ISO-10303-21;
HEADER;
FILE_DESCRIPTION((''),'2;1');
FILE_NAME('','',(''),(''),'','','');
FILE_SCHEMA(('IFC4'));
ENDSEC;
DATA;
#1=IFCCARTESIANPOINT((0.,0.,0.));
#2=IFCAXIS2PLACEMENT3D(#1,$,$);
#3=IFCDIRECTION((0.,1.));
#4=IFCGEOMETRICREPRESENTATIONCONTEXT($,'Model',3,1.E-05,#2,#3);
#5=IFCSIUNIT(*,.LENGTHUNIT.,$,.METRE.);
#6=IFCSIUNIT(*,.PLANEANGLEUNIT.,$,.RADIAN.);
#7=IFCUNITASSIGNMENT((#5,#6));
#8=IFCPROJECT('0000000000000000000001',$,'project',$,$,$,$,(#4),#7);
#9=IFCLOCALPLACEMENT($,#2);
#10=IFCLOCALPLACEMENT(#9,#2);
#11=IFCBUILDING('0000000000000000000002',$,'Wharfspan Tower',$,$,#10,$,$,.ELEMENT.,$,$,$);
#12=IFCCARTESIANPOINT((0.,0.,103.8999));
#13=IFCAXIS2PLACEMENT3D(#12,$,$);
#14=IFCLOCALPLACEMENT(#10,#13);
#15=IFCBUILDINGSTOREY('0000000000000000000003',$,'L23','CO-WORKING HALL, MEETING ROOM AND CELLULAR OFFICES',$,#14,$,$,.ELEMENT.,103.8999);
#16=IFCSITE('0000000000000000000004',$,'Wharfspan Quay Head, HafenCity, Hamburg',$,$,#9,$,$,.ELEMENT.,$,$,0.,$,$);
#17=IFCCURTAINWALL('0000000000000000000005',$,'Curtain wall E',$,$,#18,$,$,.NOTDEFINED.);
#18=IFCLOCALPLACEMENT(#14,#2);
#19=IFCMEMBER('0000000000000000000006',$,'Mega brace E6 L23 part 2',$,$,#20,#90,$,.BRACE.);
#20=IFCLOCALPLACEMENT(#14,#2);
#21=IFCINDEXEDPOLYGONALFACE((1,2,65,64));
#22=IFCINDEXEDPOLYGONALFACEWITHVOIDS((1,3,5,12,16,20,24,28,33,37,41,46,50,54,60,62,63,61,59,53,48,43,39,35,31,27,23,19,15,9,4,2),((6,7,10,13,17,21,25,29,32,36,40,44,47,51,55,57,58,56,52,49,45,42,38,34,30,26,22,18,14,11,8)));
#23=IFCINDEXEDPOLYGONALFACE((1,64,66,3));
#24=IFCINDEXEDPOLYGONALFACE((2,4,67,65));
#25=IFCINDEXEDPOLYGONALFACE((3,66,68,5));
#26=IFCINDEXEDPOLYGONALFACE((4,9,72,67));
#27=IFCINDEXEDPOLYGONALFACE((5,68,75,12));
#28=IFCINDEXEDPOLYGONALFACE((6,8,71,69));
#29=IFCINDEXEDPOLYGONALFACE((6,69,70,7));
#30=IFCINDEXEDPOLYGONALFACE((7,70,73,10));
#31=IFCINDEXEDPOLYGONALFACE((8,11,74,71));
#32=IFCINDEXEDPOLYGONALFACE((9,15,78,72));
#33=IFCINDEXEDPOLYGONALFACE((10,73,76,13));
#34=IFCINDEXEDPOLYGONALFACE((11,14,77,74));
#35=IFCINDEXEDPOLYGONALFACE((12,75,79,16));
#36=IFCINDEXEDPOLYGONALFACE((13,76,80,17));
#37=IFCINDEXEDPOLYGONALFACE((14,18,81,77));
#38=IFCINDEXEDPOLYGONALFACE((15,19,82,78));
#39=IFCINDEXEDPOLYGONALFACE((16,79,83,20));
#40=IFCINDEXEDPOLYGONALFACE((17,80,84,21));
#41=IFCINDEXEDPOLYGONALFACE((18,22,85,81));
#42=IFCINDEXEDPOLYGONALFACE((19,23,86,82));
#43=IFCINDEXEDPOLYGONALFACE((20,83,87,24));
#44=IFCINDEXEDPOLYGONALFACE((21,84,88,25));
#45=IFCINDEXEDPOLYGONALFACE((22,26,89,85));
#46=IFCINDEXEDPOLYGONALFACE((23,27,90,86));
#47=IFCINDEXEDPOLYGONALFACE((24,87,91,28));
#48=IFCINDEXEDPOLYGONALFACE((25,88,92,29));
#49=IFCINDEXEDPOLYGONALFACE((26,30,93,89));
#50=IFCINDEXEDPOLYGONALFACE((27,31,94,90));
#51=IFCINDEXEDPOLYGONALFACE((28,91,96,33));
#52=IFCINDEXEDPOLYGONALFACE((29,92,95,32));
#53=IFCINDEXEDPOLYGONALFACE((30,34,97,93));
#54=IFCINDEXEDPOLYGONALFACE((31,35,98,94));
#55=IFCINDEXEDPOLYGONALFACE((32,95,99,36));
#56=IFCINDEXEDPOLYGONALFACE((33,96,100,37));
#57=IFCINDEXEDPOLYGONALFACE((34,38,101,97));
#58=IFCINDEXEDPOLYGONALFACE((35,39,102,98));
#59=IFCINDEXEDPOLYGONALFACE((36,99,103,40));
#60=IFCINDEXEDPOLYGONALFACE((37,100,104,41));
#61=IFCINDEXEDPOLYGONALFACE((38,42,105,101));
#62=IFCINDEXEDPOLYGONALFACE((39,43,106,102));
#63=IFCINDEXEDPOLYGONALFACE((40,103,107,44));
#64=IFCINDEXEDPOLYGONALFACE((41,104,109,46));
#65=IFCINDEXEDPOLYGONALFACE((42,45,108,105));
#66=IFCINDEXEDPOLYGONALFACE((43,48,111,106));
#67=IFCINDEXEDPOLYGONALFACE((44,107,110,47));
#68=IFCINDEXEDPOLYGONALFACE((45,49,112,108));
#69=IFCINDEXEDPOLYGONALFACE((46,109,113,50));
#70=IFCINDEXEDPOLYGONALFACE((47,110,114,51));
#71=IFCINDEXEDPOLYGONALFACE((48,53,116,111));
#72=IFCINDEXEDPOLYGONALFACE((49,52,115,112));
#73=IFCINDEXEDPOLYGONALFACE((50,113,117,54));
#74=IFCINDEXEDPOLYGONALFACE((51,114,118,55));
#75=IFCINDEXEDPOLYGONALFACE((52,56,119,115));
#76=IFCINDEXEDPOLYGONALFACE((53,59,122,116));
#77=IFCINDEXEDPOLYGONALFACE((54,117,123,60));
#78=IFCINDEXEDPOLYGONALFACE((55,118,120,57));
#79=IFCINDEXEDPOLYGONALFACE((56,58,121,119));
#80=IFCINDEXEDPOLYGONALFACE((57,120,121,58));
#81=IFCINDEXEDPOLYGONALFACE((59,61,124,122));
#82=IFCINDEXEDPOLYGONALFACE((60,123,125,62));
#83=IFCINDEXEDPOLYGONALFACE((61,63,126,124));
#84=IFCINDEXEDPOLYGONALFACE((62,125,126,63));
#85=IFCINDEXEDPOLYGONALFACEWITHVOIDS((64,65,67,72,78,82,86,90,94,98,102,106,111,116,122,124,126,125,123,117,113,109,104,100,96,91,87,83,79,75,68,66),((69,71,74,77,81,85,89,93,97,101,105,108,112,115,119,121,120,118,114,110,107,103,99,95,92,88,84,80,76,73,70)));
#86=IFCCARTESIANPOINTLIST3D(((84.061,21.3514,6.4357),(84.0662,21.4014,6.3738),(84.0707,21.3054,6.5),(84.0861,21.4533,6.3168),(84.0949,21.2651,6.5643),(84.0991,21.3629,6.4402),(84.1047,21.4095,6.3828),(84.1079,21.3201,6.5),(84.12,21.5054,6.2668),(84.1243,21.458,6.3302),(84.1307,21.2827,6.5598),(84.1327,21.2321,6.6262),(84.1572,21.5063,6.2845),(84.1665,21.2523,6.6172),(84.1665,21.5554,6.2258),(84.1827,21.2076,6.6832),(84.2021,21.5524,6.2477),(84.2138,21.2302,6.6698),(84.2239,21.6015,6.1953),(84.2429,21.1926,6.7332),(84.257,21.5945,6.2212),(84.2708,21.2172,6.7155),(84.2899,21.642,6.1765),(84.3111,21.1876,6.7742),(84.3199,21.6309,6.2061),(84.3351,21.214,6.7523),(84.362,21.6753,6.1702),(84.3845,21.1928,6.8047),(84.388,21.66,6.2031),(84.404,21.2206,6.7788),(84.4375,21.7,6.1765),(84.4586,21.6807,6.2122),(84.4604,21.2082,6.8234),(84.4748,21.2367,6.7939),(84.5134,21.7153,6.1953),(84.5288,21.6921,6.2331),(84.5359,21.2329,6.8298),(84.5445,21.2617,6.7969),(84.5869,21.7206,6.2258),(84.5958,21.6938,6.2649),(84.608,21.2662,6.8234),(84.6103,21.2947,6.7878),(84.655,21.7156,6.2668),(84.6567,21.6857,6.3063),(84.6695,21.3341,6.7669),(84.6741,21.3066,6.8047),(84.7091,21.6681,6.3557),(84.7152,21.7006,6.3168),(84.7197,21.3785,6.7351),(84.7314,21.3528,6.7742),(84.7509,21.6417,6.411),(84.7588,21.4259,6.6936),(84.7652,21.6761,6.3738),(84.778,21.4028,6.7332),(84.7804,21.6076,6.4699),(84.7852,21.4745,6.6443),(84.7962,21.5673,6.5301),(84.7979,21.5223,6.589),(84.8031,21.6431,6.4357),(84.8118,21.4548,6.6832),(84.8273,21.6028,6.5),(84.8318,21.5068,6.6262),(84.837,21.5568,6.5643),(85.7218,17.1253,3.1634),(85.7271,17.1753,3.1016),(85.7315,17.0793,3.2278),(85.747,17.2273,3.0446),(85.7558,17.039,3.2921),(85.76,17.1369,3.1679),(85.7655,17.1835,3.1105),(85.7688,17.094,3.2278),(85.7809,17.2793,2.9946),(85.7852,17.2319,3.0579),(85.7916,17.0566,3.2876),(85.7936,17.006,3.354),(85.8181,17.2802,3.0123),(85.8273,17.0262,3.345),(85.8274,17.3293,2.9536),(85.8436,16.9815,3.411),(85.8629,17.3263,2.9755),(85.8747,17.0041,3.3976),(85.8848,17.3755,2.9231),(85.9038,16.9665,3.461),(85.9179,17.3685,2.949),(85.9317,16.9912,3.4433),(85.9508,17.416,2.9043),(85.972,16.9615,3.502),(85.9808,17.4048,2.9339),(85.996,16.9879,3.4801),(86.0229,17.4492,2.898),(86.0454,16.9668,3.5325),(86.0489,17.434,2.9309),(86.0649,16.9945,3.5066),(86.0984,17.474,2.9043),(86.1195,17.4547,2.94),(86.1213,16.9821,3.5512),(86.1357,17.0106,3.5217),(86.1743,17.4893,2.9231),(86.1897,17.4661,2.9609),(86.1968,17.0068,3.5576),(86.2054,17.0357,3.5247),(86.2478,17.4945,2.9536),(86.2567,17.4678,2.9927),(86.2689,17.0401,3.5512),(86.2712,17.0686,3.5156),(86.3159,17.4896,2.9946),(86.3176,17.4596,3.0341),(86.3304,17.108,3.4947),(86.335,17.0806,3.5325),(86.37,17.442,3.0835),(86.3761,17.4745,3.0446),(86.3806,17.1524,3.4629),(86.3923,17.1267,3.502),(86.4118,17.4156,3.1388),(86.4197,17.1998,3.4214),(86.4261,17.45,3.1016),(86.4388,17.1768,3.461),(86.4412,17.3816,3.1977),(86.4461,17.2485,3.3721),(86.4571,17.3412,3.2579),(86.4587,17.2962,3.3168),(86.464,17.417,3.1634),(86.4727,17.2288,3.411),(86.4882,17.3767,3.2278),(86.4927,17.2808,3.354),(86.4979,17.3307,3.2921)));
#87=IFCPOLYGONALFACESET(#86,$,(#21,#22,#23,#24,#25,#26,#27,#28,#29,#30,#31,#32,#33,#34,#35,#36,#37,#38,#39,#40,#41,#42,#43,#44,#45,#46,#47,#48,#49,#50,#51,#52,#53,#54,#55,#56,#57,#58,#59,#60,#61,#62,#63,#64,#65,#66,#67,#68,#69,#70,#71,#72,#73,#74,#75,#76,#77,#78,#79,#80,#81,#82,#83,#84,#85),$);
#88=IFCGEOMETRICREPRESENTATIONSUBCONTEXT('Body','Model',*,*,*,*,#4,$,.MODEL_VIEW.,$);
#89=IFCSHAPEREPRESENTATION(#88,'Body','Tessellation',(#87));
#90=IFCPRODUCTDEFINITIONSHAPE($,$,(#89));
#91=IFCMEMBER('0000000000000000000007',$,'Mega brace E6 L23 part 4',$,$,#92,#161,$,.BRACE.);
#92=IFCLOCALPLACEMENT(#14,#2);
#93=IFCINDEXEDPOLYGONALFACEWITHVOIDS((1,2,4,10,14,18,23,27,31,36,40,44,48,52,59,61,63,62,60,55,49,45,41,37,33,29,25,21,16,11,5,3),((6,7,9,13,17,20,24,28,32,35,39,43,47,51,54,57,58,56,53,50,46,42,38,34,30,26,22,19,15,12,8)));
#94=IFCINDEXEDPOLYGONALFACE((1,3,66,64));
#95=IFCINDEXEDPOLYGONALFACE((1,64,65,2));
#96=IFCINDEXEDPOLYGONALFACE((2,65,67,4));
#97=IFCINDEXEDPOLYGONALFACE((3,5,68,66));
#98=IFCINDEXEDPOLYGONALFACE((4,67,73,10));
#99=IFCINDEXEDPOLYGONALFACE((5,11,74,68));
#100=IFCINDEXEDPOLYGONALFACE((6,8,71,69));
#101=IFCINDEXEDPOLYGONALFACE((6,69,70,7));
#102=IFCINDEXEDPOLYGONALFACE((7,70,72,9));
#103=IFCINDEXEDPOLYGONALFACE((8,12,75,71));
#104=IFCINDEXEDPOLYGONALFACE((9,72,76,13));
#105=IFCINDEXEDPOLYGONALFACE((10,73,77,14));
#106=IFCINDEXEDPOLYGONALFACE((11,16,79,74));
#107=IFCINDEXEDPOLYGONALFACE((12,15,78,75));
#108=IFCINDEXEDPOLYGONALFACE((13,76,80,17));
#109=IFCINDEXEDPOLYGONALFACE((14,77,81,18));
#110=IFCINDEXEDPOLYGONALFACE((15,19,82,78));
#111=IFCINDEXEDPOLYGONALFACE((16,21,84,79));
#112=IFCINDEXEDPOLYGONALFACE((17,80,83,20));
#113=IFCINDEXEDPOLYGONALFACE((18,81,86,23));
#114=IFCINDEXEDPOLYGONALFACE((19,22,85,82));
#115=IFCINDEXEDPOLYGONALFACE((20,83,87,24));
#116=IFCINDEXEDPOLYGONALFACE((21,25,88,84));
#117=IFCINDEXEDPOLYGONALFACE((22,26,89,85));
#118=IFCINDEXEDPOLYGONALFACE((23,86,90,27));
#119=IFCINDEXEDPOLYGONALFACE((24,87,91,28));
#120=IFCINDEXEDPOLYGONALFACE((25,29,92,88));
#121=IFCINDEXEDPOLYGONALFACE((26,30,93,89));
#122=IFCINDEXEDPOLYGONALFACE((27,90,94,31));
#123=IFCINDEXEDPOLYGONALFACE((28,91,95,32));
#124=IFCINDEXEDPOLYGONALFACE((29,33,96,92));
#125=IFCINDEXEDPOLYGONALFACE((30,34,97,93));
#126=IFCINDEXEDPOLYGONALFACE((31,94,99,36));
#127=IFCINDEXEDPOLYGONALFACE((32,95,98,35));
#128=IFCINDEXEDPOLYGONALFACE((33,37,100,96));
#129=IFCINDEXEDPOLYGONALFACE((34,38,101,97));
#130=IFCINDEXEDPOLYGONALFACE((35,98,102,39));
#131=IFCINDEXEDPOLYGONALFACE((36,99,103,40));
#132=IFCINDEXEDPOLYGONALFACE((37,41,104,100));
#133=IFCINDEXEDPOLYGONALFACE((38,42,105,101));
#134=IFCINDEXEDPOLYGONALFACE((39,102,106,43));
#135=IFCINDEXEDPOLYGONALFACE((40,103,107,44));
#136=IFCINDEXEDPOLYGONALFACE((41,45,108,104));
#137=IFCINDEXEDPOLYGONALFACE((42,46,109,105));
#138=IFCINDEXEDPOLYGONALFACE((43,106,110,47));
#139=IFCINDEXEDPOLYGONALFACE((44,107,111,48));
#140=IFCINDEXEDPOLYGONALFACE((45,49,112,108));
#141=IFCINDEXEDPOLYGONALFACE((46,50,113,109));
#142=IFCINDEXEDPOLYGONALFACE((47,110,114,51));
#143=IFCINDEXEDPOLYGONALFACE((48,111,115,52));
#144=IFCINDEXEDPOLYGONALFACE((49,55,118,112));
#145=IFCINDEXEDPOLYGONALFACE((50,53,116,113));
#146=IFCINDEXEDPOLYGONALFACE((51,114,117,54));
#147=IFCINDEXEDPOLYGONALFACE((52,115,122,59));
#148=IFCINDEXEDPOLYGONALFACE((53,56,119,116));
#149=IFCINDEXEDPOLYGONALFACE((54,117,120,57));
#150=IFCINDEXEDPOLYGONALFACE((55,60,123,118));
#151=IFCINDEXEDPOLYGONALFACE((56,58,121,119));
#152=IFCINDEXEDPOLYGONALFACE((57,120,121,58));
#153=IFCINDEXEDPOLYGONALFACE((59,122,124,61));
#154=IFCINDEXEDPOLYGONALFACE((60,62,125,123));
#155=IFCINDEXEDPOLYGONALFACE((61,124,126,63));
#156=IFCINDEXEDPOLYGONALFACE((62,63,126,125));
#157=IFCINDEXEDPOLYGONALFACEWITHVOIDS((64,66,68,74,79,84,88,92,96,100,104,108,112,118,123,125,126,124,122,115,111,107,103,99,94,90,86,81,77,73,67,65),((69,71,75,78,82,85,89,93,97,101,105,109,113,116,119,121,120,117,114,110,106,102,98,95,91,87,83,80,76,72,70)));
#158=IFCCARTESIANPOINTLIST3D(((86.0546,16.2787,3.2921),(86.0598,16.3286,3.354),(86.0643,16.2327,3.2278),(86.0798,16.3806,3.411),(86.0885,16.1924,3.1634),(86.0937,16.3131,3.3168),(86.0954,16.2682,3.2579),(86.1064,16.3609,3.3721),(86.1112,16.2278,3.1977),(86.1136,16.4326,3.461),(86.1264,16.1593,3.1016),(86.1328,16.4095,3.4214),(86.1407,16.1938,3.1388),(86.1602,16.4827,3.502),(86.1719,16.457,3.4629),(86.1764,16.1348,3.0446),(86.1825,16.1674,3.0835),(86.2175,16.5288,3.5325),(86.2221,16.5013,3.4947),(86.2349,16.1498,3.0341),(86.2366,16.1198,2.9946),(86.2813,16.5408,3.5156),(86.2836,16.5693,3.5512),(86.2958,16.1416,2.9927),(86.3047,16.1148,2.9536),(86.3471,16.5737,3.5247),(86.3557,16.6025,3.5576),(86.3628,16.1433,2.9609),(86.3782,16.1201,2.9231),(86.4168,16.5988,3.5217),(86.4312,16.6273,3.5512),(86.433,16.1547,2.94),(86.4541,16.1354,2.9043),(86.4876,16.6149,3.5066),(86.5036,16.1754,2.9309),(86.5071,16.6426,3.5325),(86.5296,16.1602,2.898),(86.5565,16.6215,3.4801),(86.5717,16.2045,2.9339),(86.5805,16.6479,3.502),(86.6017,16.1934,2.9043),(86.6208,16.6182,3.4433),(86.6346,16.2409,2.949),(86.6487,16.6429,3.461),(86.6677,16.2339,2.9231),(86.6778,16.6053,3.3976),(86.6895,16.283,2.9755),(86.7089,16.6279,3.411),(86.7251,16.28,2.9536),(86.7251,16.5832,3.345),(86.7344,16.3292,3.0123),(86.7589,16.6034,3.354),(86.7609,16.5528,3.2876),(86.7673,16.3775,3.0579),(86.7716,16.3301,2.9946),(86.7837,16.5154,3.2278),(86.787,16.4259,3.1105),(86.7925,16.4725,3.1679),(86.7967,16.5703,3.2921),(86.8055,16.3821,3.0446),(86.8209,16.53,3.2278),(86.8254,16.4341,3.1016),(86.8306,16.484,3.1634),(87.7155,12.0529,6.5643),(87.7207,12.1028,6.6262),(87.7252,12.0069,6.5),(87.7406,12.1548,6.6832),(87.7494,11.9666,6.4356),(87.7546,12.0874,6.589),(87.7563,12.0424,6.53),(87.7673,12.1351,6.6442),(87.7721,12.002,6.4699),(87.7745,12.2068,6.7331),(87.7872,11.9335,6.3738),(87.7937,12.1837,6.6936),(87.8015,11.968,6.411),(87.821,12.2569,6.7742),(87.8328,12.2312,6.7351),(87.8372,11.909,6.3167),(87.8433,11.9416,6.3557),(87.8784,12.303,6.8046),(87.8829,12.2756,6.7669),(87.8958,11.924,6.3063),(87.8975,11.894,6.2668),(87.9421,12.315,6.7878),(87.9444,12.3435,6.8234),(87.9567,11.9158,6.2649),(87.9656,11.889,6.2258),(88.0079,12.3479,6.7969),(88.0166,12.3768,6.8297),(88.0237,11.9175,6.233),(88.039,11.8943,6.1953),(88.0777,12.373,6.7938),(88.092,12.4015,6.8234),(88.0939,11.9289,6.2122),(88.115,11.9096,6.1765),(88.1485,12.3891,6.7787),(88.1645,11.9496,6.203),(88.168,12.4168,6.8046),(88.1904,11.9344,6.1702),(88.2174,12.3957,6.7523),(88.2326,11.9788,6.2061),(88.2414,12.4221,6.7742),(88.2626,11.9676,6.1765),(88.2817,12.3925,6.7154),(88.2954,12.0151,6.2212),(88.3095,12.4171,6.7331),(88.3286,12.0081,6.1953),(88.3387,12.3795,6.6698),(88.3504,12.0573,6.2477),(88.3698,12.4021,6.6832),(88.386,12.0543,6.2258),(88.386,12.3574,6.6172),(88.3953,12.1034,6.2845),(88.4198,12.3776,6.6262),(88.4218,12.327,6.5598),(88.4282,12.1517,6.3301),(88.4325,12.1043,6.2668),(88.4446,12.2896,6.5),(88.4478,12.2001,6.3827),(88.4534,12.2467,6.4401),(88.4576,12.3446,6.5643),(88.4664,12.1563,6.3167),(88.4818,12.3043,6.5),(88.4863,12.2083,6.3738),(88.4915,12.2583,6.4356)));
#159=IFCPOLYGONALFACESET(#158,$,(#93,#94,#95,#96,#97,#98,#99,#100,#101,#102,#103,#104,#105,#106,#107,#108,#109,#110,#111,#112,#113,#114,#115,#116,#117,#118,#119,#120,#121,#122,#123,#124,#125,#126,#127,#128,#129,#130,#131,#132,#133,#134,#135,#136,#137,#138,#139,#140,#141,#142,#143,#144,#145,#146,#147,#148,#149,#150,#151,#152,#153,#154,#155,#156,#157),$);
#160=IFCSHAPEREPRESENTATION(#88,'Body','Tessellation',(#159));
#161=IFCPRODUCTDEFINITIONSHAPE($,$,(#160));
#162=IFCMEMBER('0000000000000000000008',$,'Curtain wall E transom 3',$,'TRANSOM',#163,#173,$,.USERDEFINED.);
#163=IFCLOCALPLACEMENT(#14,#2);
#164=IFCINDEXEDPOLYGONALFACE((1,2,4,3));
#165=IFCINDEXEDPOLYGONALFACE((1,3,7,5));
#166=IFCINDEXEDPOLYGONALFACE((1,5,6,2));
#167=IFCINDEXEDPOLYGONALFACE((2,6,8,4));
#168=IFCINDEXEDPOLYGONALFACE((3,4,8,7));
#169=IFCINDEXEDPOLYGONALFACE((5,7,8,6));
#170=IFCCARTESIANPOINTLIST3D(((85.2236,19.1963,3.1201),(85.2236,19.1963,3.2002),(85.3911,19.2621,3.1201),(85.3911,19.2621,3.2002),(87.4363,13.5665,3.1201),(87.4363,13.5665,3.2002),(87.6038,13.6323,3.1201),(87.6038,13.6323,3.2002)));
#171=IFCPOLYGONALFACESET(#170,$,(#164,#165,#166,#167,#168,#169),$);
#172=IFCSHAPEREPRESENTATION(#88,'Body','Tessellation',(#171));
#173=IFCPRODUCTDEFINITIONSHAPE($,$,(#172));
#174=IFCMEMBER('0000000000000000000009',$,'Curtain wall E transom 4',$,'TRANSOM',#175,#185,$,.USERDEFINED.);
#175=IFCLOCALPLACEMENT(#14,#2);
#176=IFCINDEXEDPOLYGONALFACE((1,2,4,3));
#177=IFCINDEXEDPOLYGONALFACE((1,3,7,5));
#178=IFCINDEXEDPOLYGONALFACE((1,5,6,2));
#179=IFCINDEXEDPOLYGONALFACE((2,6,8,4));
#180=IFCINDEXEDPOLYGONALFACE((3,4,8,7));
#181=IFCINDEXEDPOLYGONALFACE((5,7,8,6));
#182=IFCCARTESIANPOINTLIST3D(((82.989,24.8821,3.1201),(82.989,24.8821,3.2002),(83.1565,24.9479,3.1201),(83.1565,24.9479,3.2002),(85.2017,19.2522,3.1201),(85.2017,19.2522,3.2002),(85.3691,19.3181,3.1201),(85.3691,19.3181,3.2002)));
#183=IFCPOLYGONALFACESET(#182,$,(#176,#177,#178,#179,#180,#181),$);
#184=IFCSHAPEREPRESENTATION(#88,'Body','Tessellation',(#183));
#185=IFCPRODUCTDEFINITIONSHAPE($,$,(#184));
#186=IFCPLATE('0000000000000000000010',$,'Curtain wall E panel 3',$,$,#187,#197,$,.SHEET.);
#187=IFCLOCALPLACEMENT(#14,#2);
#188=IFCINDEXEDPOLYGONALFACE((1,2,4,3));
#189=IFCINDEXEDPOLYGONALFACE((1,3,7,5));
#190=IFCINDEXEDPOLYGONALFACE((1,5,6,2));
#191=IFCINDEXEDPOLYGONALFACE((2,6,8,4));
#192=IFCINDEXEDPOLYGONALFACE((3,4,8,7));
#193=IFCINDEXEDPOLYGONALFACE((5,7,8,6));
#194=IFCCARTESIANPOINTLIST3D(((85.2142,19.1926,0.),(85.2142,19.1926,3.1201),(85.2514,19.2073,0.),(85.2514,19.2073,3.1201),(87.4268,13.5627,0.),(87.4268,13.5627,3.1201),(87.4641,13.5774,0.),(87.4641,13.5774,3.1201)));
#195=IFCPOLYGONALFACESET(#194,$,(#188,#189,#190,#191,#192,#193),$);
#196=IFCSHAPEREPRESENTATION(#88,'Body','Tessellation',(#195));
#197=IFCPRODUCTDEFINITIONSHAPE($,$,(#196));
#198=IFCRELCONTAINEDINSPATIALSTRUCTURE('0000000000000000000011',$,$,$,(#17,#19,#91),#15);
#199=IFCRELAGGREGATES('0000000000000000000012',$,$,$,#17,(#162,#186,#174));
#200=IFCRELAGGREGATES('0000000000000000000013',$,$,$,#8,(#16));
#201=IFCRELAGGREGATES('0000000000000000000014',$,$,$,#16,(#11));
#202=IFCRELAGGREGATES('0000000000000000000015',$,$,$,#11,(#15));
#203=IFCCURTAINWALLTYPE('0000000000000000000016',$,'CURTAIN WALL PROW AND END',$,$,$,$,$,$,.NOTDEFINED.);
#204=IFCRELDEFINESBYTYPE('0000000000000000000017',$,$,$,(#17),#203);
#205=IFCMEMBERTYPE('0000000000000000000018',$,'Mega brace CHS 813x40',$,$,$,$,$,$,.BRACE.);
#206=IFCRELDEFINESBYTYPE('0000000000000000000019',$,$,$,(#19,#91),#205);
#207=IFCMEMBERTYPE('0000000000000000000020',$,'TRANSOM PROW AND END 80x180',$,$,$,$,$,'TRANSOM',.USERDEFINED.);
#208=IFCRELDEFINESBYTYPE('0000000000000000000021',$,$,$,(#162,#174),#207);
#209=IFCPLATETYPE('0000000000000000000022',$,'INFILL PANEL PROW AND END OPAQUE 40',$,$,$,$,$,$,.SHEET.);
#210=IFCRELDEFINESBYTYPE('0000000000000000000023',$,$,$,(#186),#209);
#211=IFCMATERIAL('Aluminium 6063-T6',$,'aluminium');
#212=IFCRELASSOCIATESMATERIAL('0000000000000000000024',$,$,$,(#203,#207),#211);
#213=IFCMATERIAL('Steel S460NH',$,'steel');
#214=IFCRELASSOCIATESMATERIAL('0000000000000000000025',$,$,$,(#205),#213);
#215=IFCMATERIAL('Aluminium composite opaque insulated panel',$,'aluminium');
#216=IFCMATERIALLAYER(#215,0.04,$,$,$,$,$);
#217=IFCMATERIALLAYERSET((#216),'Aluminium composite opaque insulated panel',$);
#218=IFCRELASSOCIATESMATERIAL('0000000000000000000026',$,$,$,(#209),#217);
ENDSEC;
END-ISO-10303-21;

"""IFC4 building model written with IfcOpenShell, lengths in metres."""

from ifc_helpers import new_model, si_unit, direction, frame, origin, origin_2d, place, context, subcontext, project, spatial, rectangle, hollow_circle, extrude, material, layer, layer_set, material_profile, profile_set, type_object, element, aggregate, save


model = new_model("IFC4")

# Units and contexts
model_context = context("Model", 3, precision=1e-05, world=origin(), true_north=direction((0.0, 1.0)))
body_context = subcontext(model_context, "Body", "Model", "MODEL_VIEW")
ifc_project = project(units=[si_unit("LENGTHUNIT", "METRE"), si_unit("PLANEANGLEUNIT", "RADIAN")], contexts=[model_context])

# Site, building, storey
site_placement = place(None, origin())
site = spatial("IfcSite", under=ifc_project, at=site_placement, Name="Wharfspan Quay Head, HafenCity, Hamburg", CompositionType="ELEMENT", RefElevation=0.0)
building_placement = place(site_placement, origin())
building = spatial("IfcBuilding", under=site, at=building_placement, Name="Wharfspan Tower", CompositionType="ELEMENT")
storey_placement = place(building_placement, frame((0.0, 0.0, 103.8999)))
storey = spatial("IfcBuildingStorey", under=building, at=storey_placement, Name="L23", Description="CO-WORKING HALL, MEETING ROOM AND CELLULAR OFFICES", CompositionType="ELEMENT", Elevation=103.8999)

# Curtain wall
ifc_material_1 = material(Name="Aluminium 6063-T6", Category="aluminium")
curtain_wall_type = type_object("IfcCurtainWallType", Name="CURTAIN WALL PROW AND END", PredefinedType="NOTDEFINED", material=ifc_material_1)
curtain_wall_placement = place(storey_placement, origin())
curtain_wall = element("IfcCurtainWall", 1, at=curtain_wall_placement, inside=storey, type_object=curtain_wall_type, Name="Curtain wall E", PredefinedType="NOTDEFINED")

# Members
ifc_material_2 = material(Name="Steel S460NH", Category="steel")
ifc_material_profile_1 = material_profile(ifc_material_2, hollow_circle(Radius=0.4065, WallThickness=0.04, at=origin_2d()))
ifc_profile_set_1 = profile_set([ifc_material_profile_1], Name="Steel S460NH")
member_type_1 = type_object("IfcMemberType", Name="Mega brace CHS 813x40", PredefinedType="BRACE", material=ifc_profile_set_1)
member_1_placement = place(storey_placement, frame((86.1099, 17.228, 3.2278), z_axis=(-0.29675, 0.75507, 0.584645), x_axis=(-0.930704, -0.365779, 0.000004)))
element("IfcMember", 2, at=member_1_placement, inside=storey, type_object=member_type_1, Name="Mega brace E6 L23 part 2", PredefinedType="BRACE", context=body_context, shape_type="SweptSolid", body=[
    extrude(hollow_circle(Radius=0.4065, WallThickness=0.04, at=origin_2d()), origin(), (0.0, 0.0, 1.0), 5.5969),
])
member_2_placement = place(storey_placement, frame((86.4426, 16.3813, 3.2278), z_axis=(0.29676, -0.755051, 0.584664), x_axis=(0.930695, 0.365797, 0.000004)))
element("IfcMember", 3, at=member_2_placement, inside=storey, type_object=member_type_1, Name="Mega brace E6 L23 part 4", PredefinedType="BRACE", context=body_context, shape_type="SweptSolid", body=[
    extrude(hollow_circle(Radius=0.4065, WallThickness=0.04, at=origin_2d()), origin(), (0.0, 0.0, 1.0), 5.5967),
])

# Members
ifc_material_profile_2 = material_profile(ifc_material_1, rectangle(XDim=0.1799, YDim=0.0801, at=origin_2d()))
ifc_profile_set_2 = profile_set([ifc_material_profile_2], Name="Aluminium 6063-T6")
member_type_2 = type_object("IfcMemberType", Name="TRANSOM PROW AND END 80x180", ElementType="TRANSOM", PredefinedType="USERDEFINED", material=ifc_profile_set_2)
member_3_placement = place(storey_placement, frame((87.52, 13.5994, 3.1602), z_axis=(-0.365782, 0.9307, 0.0), x_axis=(-0.9307, -0.365782, 0.0)))
member_3 = element("IfcMember", 4, at=member_3_placement, type_object=member_type_2, Name="Curtain wall E transom 3", ObjectType="TRANSOM", PredefinedType="USERDEFINED", context=body_context, shape_type="SweptSolid", body=[
    extrude(rectangle(XDim=0.1799, YDim=0.0801, at=origin_2d()), origin(), (0.0, 0.0, 1.0), 6.0491),
])
member_4_placement = place(storey_placement, frame((85.2854, 19.2852, 3.1602), z_axis=(-0.365782, 0.9307, 0.0), x_axis=(-0.9307, -0.365782, 0.0)))
member_4 = element("IfcMember", 5, at=member_4_placement, type_object=member_type_2, Name="Curtain wall E transom 4", ObjectType="TRANSOM", PredefinedType="USERDEFINED", context=body_context, shape_type="SweptSolid", body=[
    extrude(rectangle(XDim=0.1799, YDim=0.0801, at=origin_2d()), origin(), (0.0, 0.0, 1.0), 6.0491),
])

# Plate
ifc_material_3 = material(Name="Aluminium composite opaque insulated panel", Category="aluminium")
ifc_layer_1 = layer(ifc_material_3, 0.04)
ifc_layer_set_1 = layer_set([ifc_layer_1], Name="Aluminium composite opaque insulated panel")
plate_type = type_object("IfcPlateType", Name="INFILL PANEL PROW AND END OPAQUE 40", PredefinedType="SHEET", material=ifc_layer_set_1)
plate_1_placement = place(storey_placement, frame((86.3391, 16.385, 0.0), z_axis=(0.0, 0.0, 1.0), x_axis=(-0.365778, 0.930702, 0.0)))
plate_1 = element("IfcPlate", 6, at=plate_1_placement, type_object=plate_type, Name="Curtain wall E panel 3", PredefinedType="SHEET", context=body_context, shape_type="SweptSolid", body=[
    extrude(rectangle(XDim=6.0491, YDim=0.04, at=origin_2d()), origin(), (0.0, 0.0, 1.0), 3.1201),
])
aggregate(curtain_wall, [member_3, plate_1, member_4])

save(model, "model.ifc")
